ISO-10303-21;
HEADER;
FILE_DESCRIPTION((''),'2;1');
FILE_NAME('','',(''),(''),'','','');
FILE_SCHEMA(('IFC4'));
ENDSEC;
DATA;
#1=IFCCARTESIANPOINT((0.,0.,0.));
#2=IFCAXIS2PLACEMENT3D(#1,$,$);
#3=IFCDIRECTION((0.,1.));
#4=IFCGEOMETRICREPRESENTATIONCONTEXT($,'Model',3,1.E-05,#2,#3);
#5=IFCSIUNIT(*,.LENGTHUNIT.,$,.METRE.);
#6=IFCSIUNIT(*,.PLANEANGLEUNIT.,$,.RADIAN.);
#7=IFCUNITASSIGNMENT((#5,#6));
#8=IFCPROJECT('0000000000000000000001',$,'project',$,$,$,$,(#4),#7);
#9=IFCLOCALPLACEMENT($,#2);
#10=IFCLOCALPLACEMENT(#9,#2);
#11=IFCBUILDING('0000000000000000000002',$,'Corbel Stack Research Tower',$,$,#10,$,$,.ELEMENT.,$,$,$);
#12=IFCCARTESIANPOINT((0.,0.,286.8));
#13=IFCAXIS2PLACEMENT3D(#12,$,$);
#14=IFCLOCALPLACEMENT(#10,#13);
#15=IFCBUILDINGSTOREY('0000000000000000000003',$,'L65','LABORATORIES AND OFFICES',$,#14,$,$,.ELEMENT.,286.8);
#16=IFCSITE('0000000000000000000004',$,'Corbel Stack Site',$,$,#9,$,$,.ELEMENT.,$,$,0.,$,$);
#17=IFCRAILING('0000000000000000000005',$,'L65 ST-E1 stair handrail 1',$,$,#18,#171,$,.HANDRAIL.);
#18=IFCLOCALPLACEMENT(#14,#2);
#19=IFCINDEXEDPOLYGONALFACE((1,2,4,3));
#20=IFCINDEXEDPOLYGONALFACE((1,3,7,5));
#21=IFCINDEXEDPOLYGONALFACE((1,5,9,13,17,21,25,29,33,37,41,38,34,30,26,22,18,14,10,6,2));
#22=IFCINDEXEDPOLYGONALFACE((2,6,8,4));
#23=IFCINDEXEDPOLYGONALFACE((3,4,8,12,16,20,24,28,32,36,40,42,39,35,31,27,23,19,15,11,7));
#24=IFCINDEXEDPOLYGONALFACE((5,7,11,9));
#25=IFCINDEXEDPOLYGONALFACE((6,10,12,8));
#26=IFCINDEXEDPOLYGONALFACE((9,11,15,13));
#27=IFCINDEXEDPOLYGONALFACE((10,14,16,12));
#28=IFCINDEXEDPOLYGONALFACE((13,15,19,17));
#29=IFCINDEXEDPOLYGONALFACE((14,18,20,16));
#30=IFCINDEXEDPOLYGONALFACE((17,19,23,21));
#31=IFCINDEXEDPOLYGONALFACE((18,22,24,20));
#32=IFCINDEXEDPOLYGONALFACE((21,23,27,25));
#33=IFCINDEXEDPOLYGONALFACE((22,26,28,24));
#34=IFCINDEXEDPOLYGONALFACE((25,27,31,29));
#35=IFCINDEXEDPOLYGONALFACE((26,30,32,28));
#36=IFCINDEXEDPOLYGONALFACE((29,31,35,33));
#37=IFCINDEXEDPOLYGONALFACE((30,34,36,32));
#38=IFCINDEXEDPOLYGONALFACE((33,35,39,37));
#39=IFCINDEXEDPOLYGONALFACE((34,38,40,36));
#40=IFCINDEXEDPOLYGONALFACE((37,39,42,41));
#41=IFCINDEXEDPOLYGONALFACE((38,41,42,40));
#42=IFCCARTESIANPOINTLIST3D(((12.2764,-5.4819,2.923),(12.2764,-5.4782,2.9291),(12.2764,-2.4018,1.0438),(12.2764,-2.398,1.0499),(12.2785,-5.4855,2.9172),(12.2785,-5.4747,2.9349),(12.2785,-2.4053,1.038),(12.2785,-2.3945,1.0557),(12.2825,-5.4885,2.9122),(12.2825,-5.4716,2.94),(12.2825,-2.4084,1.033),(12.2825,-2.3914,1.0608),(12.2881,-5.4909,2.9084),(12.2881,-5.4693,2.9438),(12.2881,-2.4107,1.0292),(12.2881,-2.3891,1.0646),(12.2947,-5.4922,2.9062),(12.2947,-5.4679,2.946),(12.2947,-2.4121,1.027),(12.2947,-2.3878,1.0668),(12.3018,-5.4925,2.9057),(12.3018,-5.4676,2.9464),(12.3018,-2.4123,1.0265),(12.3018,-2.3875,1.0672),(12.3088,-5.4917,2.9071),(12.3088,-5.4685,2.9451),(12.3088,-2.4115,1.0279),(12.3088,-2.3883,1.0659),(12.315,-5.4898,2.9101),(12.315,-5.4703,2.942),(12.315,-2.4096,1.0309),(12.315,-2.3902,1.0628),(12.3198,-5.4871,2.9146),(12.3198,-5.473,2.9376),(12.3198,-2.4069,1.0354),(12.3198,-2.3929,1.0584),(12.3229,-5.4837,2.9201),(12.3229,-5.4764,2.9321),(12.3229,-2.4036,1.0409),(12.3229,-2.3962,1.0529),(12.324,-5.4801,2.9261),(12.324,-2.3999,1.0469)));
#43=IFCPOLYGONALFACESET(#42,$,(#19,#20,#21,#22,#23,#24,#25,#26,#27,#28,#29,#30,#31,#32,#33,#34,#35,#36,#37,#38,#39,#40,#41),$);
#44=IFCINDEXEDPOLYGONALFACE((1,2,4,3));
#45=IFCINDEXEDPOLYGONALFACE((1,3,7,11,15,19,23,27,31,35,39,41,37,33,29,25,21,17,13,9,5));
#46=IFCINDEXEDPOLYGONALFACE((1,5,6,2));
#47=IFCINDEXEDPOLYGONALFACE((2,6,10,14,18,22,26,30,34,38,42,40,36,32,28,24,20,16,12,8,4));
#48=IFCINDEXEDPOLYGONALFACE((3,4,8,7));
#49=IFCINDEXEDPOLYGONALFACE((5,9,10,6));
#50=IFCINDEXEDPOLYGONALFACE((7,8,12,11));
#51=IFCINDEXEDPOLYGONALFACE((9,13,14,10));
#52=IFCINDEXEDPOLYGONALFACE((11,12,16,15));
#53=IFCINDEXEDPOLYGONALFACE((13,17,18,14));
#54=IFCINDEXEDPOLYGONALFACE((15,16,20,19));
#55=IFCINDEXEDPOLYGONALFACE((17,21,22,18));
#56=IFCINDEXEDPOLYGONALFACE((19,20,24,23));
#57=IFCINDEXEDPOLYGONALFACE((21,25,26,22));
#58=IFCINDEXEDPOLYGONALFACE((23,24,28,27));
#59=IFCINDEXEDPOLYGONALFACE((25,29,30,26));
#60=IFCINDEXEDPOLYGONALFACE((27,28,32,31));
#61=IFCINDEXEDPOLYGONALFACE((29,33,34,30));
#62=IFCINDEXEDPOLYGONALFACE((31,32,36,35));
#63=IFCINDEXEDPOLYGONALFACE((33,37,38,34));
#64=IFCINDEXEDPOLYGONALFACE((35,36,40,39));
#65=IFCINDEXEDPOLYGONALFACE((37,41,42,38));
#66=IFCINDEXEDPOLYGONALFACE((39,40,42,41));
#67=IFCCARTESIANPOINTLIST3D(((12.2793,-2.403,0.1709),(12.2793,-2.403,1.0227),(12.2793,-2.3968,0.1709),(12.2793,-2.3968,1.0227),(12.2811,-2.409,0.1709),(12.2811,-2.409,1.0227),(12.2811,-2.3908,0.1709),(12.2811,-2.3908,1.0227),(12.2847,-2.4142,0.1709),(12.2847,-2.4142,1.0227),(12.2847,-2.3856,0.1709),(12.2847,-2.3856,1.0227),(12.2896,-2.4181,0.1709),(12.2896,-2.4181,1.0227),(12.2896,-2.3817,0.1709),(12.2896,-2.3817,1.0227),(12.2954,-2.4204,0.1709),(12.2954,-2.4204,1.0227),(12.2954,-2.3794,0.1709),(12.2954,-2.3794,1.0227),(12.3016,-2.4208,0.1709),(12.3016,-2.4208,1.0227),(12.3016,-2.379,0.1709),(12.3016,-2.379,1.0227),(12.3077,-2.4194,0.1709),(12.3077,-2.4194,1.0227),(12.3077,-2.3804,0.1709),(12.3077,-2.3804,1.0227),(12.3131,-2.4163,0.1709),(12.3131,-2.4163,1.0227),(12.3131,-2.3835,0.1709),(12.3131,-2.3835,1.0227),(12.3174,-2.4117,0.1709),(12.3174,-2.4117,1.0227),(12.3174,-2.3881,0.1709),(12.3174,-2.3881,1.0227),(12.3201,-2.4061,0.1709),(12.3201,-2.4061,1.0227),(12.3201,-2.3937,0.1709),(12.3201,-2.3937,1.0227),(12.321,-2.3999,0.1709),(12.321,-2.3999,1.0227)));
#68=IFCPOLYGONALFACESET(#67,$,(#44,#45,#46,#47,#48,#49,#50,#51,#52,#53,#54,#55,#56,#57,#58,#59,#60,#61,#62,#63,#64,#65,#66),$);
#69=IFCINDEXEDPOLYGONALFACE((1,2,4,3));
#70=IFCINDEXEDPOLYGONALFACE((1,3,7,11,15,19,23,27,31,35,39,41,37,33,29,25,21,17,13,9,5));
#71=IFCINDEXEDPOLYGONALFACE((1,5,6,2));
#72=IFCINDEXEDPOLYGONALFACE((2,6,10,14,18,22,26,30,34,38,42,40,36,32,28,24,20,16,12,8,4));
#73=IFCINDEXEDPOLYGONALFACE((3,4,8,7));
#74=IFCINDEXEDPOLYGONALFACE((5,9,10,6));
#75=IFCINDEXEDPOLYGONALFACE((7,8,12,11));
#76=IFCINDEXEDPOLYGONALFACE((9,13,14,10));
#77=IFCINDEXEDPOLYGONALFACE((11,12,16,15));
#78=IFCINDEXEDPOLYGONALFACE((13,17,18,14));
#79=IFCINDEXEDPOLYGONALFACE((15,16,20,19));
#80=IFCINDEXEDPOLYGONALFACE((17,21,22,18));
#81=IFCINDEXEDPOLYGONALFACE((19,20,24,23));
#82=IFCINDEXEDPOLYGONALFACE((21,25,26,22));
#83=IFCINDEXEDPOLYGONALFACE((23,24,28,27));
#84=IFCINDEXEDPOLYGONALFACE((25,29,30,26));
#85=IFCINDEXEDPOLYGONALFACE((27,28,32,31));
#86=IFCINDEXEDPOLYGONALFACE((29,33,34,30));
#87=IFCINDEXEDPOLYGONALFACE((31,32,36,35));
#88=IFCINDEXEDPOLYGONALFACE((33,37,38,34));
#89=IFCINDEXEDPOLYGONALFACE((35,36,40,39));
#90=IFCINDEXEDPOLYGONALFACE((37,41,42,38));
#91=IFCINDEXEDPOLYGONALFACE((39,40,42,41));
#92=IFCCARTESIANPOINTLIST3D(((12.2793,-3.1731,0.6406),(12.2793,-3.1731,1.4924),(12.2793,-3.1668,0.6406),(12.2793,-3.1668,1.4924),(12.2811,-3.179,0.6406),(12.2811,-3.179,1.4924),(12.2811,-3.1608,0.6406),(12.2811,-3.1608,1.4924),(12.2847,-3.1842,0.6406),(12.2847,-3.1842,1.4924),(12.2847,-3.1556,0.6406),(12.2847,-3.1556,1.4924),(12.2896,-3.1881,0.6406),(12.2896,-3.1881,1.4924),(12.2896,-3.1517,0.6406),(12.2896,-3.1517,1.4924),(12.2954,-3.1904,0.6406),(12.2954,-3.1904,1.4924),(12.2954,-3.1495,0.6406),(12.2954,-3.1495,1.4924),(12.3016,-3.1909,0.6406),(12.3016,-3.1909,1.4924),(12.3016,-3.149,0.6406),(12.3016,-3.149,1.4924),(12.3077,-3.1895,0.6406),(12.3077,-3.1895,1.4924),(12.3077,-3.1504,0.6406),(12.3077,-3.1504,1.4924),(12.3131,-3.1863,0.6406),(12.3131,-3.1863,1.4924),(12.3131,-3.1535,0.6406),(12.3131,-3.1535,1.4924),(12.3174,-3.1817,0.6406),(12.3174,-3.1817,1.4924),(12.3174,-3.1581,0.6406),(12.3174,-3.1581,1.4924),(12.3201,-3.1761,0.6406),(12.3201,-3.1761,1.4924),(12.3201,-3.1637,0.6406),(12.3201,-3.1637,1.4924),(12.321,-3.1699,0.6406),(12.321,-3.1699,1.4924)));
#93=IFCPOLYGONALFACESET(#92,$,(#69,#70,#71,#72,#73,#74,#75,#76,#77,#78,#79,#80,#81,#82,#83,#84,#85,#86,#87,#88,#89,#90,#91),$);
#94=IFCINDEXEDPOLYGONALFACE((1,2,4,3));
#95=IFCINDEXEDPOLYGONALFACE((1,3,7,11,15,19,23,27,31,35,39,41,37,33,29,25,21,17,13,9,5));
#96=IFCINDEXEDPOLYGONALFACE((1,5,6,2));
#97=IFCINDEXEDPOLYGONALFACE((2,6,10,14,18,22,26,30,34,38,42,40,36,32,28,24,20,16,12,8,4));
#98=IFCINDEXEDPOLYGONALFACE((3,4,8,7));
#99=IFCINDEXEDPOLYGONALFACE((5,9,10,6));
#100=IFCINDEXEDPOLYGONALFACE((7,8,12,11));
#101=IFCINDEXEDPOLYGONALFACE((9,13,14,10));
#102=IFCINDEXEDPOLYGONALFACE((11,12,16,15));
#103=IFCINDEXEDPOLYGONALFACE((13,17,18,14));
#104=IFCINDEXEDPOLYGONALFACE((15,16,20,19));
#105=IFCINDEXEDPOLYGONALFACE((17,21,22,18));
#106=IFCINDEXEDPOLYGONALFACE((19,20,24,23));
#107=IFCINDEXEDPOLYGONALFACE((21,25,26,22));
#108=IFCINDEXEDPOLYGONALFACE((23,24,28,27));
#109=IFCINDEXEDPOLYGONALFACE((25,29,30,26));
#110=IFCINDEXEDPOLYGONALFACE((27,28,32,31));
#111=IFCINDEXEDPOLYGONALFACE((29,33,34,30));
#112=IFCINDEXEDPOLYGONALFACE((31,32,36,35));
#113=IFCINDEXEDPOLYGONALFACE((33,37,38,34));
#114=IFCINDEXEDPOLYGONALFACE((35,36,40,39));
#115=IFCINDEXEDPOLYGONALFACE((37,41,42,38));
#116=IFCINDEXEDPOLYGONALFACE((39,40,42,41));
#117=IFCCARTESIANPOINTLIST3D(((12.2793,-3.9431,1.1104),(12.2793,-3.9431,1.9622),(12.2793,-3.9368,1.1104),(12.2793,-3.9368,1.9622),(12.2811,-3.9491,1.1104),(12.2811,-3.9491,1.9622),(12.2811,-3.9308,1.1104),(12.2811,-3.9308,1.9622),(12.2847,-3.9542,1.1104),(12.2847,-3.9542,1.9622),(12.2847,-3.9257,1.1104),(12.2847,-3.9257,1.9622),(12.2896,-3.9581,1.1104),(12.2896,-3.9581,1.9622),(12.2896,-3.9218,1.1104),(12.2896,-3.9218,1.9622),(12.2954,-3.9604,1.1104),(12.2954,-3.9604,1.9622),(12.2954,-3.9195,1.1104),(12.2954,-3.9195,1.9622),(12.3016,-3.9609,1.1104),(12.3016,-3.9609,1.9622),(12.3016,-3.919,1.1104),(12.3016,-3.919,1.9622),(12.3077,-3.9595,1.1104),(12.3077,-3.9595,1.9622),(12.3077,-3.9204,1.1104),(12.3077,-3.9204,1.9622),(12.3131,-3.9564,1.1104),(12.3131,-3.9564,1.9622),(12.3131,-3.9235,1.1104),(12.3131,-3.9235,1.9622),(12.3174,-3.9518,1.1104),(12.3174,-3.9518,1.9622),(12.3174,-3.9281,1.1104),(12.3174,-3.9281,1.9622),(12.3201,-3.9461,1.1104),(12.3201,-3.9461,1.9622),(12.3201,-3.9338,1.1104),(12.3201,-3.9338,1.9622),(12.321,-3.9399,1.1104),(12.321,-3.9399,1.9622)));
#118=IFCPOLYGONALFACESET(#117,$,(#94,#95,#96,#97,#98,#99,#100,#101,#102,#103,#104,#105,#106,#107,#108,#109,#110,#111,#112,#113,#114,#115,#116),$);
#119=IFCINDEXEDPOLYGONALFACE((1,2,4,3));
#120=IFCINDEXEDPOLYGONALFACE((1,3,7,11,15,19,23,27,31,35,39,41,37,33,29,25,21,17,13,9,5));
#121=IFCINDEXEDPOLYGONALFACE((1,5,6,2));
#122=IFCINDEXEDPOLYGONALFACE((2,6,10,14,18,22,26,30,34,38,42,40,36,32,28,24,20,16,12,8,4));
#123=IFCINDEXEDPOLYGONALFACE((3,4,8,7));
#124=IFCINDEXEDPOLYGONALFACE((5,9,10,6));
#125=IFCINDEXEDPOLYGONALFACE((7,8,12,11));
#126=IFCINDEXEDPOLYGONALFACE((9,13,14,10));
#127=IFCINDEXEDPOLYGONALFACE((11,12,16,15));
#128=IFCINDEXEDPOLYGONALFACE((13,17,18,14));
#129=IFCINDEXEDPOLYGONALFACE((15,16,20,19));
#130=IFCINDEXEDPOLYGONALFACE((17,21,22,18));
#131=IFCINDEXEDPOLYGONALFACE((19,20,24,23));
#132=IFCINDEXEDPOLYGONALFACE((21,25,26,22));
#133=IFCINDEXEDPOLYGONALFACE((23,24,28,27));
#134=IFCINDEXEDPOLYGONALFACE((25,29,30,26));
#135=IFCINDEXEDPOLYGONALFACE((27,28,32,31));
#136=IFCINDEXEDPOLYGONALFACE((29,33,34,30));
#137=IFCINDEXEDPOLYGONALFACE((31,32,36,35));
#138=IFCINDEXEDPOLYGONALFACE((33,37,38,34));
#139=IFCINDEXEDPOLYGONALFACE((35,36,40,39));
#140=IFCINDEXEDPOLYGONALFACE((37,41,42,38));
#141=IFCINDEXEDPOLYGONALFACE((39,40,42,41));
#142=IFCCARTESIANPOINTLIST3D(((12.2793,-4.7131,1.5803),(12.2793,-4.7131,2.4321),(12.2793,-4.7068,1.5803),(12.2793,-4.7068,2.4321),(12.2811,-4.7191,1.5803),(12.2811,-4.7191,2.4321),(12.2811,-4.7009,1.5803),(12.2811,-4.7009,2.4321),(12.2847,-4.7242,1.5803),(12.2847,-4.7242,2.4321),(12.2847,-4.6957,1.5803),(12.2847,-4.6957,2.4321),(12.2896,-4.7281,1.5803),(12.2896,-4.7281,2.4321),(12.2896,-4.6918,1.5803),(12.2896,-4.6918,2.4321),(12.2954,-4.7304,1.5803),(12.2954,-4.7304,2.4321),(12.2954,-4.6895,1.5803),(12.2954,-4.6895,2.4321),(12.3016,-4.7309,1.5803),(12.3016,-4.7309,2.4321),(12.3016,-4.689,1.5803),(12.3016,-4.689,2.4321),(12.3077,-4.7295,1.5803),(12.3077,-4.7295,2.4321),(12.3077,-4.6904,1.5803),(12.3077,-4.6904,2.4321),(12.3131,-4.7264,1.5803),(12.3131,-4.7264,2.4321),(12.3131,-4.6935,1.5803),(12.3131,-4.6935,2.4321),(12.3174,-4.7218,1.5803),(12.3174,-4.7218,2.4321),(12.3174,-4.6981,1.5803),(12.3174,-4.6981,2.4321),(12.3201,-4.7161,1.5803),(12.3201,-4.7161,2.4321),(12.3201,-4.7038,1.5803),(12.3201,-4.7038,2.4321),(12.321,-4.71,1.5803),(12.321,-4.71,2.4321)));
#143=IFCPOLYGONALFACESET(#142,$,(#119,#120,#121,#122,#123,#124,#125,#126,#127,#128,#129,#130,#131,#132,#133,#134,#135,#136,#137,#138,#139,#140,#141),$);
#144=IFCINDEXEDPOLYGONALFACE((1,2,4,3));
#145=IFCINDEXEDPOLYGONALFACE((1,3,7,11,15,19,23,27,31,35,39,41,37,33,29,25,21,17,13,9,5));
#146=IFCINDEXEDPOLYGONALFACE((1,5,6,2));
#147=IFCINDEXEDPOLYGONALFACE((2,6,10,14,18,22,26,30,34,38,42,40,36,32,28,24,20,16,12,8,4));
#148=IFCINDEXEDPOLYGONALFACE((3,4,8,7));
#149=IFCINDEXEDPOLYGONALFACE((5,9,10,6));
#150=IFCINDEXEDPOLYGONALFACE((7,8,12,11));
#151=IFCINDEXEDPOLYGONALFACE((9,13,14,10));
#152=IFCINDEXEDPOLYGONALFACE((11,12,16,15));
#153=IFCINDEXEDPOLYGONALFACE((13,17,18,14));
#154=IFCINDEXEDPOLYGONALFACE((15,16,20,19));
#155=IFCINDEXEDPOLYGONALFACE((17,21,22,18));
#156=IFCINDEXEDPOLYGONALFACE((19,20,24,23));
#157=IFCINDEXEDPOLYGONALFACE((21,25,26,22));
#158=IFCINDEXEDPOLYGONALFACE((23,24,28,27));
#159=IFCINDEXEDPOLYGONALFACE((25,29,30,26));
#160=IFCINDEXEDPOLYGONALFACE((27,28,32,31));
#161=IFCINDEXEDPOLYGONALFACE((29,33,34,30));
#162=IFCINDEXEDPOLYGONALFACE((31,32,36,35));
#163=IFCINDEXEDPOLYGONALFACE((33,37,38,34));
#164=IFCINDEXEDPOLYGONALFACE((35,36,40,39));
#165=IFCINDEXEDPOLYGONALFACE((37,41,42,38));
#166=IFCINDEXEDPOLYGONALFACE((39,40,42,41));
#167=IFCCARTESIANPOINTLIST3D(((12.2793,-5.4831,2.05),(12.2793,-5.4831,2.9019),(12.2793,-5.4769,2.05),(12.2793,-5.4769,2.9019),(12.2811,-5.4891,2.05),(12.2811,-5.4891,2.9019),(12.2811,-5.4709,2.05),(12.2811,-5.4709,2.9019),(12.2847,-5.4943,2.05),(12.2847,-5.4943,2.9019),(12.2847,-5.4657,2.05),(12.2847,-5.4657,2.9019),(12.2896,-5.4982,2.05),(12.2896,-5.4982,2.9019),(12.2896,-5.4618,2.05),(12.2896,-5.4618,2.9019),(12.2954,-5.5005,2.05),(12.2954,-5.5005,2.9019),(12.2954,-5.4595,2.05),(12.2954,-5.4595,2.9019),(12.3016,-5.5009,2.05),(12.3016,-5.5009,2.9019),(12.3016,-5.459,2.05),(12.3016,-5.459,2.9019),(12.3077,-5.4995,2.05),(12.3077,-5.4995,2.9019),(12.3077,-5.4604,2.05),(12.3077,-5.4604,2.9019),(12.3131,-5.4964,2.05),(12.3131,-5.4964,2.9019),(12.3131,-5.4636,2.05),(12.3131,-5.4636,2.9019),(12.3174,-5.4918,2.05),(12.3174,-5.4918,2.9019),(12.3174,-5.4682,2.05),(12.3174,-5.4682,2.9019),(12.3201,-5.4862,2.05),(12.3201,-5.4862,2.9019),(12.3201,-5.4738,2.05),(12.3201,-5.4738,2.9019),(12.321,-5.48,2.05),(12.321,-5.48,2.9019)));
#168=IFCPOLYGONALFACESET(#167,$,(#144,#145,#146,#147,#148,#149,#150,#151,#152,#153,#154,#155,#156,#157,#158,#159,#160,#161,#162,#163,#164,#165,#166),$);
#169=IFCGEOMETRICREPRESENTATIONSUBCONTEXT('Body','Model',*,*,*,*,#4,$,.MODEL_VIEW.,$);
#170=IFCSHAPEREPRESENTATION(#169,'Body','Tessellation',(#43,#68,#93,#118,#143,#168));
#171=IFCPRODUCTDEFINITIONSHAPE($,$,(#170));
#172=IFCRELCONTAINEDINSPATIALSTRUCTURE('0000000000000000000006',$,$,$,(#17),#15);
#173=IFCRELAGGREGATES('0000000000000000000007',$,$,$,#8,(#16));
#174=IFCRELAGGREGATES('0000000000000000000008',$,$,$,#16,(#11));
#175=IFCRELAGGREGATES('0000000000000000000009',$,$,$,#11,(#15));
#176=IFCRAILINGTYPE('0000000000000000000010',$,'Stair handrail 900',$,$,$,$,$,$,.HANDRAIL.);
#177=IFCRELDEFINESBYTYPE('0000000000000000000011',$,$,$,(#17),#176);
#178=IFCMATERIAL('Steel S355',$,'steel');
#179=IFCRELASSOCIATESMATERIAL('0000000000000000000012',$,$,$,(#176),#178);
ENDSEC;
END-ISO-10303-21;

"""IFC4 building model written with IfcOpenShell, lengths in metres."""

from ifc_helpers import new_model, si_unit, direction, frame, origin, origin_2d, place, context, subcontext, project, spatial, circle, extrude, material, type_object, element, save


model = new_model("IFC4")

# Units and contexts
model_context = context("Model", 3, precision=1e-05, world=origin(), true_north=direction((0.0, 1.0)))
body_context = subcontext(model_context, "Body", "Model", "MODEL_VIEW")
ifc_project = project(units=[si_unit("LENGTHUNIT", "METRE"), si_unit("PLANEANGLEUNIT", "RADIAN")], contexts=[model_context])

# Site, building, storey
site_placement = place(None, origin())
site = spatial("IfcSite", under=ifc_project, at=site_placement, Name="Corbel Stack Site", CompositionType="ELEMENT", RefElevation=0.0)
building_placement = place(site_placement, origin())
building = spatial("IfcBuilding", under=site, at=building_placement, Name="Corbel Stack Research Tower", CompositionType="ELEMENT")
storey_placement = place(building_placement, frame((0.0, 0.0, 286.8)))
storey = spatial("IfcBuildingStorey", under=building, at=storey_placement, Name="L65", Description="LABORATORIES AND OFFICES", CompositionType="ELEMENT", Elevation=286.8)

# Railing
ifc_material_1 = material(Name="Steel S355", Category="steel")
railing_type_1 = type_object("IfcRailingType", Name="Stair handrail 900", PredefinedType="HANDRAIL", material=ifc_material_1)
railing_1_placement = place(storey_placement, frame((12.3, -2.3999, 0.1709)))
element("IfcRailing", 1, at=railing_1_placement, inside=storey, type_object=railing_type_1, Name="L65 ST-E1 stair handrail 1", PredefinedType="HANDRAIL", context=body_context, shape_type="SweptSolid", body=[
    extrude(circle(Radius=0.0239, at=origin_2d()), frame((0.0, 0.0, 0.876), z_axis=(0.0, -0.853666, 0.52082), x_axis=(1.0, 0.0, 0.0)), (0.0, 0.0, 1.0), 3.6082),
    extrude(circle(Radius=0.021, at=origin_2d()), origin(), (0.0, 0.0, 1.0), 0.8518),
    extrude(circle(Radius=0.021, at=origin_2d()), frame((0.0, -0.77, 0.4697)), (0.0, 0.0, 1.0), 0.8518),
    extrude(circle(Radius=0.021, at=origin_2d()), frame((0.0, -1.54, 0.9395)), (0.0, 0.0, 1.0), 0.8518),
    extrude(circle(Radius=0.021, at=origin_2d()), frame((0.0, -2.3101, 1.4094)), (0.0, 0.0, 1.0), 0.8518),
    extrude(circle(Radius=0.021, at=origin_2d()), frame((0.0, -3.0801, 1.8792)), (0.0, 0.0, 1.0), 0.8518),
])

save(model, "model.ifc")
